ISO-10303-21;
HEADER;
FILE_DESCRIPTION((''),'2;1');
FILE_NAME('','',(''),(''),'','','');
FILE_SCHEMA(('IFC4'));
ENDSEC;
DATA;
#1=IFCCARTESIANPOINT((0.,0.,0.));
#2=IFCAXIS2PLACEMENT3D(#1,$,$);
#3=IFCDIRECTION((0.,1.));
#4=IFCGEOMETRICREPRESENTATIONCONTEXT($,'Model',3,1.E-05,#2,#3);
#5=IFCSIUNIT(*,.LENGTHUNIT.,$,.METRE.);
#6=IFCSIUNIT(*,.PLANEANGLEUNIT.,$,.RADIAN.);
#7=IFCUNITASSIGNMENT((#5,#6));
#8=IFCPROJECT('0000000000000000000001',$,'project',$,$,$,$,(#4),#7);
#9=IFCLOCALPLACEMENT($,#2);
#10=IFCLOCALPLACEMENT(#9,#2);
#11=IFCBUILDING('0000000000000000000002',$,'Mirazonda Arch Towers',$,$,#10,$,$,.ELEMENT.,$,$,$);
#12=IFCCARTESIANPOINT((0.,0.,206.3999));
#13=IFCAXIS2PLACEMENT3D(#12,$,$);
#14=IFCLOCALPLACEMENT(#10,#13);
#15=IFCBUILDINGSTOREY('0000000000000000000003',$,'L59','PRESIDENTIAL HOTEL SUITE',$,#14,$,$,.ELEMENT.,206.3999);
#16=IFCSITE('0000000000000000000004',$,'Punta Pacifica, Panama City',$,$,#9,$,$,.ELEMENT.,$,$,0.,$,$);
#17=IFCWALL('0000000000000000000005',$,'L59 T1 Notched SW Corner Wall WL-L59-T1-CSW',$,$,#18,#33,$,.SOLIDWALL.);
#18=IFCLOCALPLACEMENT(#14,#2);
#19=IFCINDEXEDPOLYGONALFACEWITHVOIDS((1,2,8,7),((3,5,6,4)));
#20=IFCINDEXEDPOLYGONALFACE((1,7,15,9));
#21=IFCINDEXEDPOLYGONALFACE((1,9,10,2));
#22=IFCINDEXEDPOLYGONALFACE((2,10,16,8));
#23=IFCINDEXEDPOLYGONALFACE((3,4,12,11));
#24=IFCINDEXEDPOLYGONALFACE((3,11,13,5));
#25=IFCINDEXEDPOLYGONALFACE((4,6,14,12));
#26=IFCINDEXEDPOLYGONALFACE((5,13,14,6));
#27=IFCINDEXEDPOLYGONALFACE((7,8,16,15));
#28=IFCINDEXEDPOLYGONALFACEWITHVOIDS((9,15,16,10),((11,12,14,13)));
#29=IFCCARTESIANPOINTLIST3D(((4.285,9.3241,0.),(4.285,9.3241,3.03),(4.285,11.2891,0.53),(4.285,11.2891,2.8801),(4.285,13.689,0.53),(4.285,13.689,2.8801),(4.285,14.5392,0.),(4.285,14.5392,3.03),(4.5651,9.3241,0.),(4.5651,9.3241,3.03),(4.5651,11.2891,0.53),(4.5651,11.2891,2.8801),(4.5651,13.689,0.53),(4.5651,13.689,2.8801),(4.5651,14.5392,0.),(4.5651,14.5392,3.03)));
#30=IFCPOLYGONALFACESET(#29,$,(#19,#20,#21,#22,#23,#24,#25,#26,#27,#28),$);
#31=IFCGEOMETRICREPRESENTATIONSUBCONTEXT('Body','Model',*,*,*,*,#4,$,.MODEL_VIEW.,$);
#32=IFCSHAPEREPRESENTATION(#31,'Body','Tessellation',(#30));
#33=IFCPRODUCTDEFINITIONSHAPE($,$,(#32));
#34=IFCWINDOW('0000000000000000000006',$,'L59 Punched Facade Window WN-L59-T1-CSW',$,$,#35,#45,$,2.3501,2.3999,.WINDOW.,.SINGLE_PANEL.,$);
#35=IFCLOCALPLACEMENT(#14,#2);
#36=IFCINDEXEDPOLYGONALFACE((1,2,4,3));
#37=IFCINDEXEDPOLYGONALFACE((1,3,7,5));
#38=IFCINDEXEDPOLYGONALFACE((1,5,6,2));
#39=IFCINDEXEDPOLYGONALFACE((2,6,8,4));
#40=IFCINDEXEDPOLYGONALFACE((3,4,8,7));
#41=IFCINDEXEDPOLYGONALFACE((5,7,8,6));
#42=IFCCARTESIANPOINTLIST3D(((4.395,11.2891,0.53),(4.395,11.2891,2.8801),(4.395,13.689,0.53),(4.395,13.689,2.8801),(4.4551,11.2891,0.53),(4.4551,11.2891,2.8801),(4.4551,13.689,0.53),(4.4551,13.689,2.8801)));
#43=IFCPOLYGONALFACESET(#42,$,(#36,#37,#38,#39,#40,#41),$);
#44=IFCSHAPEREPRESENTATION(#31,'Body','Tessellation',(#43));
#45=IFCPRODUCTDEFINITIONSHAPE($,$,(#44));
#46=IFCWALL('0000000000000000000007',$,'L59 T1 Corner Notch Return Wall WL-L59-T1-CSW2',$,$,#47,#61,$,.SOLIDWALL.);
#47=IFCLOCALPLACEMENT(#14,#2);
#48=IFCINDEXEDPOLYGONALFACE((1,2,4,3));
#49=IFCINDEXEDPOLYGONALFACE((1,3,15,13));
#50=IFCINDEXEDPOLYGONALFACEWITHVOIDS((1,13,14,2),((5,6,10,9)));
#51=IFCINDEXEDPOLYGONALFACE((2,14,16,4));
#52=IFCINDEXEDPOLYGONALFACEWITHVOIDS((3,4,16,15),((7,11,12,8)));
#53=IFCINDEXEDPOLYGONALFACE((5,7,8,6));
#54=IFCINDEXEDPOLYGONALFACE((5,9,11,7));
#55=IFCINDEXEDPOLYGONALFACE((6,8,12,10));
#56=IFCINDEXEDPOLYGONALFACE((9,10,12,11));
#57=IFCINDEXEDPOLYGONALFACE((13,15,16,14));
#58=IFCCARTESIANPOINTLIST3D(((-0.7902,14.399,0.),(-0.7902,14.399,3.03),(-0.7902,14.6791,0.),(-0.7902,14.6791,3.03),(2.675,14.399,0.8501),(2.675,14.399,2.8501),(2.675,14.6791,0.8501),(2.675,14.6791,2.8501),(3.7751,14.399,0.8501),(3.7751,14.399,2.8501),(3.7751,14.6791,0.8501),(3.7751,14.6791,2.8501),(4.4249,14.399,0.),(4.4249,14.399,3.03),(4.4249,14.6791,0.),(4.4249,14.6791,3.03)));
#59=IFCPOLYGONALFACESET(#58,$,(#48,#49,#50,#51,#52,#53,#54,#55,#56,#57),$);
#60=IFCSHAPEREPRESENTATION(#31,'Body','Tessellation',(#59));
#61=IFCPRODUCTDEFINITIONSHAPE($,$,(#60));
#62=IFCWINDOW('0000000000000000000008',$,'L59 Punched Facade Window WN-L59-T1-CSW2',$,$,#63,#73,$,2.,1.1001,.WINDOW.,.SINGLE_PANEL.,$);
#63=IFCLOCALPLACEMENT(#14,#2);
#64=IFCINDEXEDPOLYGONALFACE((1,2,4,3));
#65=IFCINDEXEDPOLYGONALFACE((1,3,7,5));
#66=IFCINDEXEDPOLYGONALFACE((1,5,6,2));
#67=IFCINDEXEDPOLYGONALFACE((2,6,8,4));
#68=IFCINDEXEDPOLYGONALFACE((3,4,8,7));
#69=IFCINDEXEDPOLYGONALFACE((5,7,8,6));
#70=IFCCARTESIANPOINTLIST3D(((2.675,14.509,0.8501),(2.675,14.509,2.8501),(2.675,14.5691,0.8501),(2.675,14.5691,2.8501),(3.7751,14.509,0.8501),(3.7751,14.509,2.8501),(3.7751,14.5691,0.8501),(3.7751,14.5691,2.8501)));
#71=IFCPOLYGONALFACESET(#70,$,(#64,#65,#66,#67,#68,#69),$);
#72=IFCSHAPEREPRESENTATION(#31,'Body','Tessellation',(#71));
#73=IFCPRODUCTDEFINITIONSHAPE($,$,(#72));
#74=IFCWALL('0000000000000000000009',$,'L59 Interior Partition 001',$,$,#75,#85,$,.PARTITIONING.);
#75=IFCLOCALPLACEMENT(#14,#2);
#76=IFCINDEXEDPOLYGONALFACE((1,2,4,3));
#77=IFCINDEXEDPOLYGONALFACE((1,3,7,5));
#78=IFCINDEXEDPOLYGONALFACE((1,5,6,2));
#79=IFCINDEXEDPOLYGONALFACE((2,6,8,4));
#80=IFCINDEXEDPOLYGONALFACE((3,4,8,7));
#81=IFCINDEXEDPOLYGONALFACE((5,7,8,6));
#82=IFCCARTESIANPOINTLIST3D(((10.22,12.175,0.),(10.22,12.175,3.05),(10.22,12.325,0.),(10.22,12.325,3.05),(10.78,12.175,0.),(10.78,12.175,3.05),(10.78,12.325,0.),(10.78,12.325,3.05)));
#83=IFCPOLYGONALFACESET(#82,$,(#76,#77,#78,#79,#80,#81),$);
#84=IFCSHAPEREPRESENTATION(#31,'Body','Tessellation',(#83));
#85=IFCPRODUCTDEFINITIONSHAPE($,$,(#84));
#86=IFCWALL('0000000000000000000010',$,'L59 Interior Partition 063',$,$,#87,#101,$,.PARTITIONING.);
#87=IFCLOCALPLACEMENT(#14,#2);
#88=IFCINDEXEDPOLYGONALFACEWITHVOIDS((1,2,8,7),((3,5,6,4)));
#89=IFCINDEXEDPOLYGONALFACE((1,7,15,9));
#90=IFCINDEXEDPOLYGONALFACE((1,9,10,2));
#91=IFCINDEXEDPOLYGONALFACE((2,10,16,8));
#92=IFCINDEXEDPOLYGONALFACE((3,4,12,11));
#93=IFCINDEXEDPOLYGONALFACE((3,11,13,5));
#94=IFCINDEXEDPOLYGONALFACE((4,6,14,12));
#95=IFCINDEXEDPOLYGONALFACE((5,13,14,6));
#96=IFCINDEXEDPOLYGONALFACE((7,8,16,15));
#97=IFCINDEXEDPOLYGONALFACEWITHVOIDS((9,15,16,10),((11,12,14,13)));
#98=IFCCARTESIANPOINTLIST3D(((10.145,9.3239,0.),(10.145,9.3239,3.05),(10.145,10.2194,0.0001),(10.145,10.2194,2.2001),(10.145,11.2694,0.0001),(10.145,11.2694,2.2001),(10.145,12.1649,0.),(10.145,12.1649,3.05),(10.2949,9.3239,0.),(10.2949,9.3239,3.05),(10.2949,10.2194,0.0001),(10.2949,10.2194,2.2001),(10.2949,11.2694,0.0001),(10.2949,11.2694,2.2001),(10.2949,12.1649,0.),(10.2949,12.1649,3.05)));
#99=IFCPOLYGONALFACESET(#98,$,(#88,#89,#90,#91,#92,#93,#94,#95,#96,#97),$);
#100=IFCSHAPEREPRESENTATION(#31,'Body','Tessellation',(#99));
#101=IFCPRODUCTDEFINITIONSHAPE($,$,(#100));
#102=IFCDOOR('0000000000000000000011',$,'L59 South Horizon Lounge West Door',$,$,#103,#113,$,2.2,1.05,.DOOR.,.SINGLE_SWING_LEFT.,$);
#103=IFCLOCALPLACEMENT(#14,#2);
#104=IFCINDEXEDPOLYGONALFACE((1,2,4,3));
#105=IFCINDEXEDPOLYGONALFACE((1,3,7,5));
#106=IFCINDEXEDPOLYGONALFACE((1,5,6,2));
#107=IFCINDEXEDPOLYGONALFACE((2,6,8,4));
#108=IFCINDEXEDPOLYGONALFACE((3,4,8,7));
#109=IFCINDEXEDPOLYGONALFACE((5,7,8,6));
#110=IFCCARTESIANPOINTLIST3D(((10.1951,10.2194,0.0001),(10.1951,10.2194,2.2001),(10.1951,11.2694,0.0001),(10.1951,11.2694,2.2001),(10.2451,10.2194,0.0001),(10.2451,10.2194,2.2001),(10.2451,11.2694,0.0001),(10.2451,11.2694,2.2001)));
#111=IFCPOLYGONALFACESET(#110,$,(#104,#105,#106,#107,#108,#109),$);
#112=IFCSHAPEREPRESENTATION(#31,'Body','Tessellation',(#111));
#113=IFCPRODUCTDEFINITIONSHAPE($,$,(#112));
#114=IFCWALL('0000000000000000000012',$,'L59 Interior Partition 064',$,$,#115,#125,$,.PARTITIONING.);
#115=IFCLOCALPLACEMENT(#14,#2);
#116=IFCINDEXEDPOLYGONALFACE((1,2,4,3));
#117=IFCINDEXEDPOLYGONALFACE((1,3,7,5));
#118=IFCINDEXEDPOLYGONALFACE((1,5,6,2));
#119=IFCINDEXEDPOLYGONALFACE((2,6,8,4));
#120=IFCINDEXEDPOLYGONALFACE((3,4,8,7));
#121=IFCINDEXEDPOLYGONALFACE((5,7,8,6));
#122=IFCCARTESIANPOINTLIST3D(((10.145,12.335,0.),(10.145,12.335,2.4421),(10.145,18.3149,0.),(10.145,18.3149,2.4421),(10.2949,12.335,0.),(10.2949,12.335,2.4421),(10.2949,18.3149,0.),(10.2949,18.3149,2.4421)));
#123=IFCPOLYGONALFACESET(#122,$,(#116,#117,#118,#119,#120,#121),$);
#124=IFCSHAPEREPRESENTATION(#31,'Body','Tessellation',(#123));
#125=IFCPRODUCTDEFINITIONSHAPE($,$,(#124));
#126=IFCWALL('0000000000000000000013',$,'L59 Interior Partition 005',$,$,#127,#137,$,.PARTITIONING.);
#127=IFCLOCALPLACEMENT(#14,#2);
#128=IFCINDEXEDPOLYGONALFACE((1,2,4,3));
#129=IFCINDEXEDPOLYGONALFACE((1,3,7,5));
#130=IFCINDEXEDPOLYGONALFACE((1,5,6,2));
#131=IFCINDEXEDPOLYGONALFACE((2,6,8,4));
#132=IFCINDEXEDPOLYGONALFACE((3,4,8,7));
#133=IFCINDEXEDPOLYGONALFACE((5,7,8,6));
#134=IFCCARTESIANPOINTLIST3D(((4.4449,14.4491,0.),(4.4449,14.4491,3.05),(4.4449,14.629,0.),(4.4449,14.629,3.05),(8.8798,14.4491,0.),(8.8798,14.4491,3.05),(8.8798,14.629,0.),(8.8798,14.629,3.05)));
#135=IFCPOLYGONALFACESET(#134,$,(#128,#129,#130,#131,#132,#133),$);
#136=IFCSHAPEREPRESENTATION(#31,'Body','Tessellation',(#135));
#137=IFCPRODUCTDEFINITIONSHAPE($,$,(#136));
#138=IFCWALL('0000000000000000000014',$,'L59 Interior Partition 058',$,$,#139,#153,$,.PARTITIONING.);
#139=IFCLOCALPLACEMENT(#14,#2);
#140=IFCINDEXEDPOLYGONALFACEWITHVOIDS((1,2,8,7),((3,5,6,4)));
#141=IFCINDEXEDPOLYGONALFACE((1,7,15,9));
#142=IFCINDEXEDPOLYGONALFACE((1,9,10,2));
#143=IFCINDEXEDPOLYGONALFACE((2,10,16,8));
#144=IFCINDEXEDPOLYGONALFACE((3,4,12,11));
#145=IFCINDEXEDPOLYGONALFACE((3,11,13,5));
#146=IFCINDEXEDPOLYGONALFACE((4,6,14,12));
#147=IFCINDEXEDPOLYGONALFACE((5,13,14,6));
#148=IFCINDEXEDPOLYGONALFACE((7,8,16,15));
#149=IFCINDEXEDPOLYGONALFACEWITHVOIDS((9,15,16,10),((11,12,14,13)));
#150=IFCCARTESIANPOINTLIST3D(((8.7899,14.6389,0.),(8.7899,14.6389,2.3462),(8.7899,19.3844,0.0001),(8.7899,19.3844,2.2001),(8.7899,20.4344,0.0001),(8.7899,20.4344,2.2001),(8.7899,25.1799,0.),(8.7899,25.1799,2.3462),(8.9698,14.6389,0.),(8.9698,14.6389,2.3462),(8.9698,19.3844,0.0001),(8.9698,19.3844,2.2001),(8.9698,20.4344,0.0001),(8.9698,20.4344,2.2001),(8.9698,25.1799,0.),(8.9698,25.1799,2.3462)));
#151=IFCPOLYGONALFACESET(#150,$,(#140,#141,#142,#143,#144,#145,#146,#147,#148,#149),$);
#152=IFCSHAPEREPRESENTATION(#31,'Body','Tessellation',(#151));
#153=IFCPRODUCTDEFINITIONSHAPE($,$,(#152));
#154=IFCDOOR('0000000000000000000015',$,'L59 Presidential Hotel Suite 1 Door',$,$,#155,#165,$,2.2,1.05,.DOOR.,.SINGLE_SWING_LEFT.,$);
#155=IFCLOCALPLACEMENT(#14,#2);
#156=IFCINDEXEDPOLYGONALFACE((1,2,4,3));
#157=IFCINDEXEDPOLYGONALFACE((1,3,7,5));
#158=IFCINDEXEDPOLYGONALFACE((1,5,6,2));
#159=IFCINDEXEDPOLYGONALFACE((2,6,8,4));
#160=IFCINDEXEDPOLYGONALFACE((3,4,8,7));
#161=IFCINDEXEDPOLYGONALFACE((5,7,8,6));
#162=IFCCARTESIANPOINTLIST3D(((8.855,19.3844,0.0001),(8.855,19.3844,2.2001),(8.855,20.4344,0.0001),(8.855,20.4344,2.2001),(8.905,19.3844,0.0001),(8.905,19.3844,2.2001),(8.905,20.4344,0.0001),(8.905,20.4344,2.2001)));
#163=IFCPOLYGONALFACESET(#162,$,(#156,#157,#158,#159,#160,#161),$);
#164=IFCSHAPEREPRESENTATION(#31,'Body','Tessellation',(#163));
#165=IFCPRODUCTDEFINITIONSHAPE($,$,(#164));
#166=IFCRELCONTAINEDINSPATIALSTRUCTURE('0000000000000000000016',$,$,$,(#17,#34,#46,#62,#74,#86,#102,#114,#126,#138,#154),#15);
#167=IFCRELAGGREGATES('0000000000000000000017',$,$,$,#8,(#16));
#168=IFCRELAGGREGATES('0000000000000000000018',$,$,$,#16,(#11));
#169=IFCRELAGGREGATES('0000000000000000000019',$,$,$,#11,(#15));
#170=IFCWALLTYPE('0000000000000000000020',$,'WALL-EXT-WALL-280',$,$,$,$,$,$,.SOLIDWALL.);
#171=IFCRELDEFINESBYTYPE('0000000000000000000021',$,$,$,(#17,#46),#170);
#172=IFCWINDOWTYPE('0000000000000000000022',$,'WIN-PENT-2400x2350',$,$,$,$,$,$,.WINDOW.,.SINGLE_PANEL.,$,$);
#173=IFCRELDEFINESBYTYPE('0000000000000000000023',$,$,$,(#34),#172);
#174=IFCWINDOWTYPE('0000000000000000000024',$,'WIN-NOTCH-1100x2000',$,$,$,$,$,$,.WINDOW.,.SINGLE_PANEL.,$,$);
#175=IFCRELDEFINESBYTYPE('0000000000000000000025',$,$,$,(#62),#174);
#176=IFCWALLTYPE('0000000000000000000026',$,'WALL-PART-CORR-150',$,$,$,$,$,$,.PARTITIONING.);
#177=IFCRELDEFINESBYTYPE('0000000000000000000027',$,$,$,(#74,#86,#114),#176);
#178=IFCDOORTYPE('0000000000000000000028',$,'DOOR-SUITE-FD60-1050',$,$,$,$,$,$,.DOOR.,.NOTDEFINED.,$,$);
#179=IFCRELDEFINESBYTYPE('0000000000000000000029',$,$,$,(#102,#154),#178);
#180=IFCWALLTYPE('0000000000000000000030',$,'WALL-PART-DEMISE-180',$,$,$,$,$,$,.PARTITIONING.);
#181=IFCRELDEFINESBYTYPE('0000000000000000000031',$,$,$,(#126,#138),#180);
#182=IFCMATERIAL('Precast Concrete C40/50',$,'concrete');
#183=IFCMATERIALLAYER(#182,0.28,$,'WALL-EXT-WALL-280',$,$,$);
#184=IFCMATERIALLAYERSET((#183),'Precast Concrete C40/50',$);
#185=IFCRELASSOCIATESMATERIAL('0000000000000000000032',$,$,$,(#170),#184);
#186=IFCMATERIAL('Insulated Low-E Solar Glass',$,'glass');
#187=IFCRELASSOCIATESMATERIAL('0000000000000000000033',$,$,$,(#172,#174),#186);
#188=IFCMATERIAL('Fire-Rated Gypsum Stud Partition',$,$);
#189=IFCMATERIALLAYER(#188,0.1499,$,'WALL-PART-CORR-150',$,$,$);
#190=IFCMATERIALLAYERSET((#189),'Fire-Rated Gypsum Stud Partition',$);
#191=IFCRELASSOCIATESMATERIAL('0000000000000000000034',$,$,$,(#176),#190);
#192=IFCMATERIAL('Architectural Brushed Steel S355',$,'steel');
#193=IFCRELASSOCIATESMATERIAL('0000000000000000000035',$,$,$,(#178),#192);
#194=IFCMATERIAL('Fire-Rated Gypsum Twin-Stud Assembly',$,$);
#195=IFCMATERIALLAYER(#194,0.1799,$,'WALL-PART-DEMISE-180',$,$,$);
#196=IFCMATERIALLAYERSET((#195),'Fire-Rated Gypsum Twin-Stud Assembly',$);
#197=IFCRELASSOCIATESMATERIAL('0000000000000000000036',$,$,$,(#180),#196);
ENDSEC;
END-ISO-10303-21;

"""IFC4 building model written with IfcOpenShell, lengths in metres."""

from ifc_helpers import new_model, si_unit, direction, frame, frame_2d, origin, place, context, subcontext, project, spatial, rectangle, extrude, material, layer, layer_set, type_object, element, fill, save


model = new_model("IFC4")

# Units and contexts
model_context = context("Model", 3, precision=1e-05, world=origin(), true_north=direction((0.0, 1.0)))
body_context = subcontext(model_context, "Body", "Model", "MODEL_VIEW")
ifc_project = project(units=[si_unit("LENGTHUNIT", "METRE"), si_unit("PLANEANGLEUNIT", "RADIAN")], contexts=[model_context])

# Site, building, storey
site_placement = place(None, origin())
site = spatial("IfcSite", under=ifc_project, at=site_placement, Name="Punta Pacifica, Panama City", CompositionType="ELEMENT", RefElevation=0.0)
building_placement = place(site_placement, origin())
building = spatial("IfcBuilding", under=site, at=building_placement, Name="Mirazonda Arch Towers", CompositionType="ELEMENT")
storey_placement = place(building_placement, frame((0.0, 0.0, 206.3999)))
storey = spatial("IfcBuildingStorey", under=building, at=storey_placement, Name="L59", Description="PRESIDENTIAL HOTEL SUITE", CompositionType="ELEMENT", Elevation=206.3999)

# Shared definitions
ifc_material_1 = material(Name="Insulated Low-E Solar Glass", Category="glass")

# Walls, openings, windows
ifc_material_2 = material(Name="Precast Concrete C40/50", Category="concrete")
ifc_layer_1 = layer(ifc_material_2, 0.28, Name="WALL-EXT-WALL-280")
ifc_layer_set_1 = layer_set([ifc_layer_1], Name="Precast Concrete C40/50")
wall_type_1 = type_object("IfcWallType", Name="WALL-EXT-WALL-280", PredefinedType="SOLIDWALL", material=ifc_layer_set_1)
wall_1_placement = place(storey_placement, frame((4.425, 14.5391, 0.0), z_axis=(0.0, 0.0, 1.0), x_axis=(0.0, -1.0, 0.0)))
wall_1 = element("IfcWall", 1, at=wall_1_placement, inside=storey, type_object=wall_type_1, Name="L59 T1 Notched SW Corner Wall WL-L59-T1-CSW", PredefinedType="SOLIDWALL", context=body_context, shape_type="SweptSolid", body=[
    extrude(rectangle(XDim=5.2151, YDim=0.28, at=frame_2d((2.6074, 0.0))), origin(), (0.0, 0.0, 1.0), 3.03),
])
opening_1_placement = place(wall_1_placement, frame((0.8501, 0.0, 0.53)))
opening_1 = element("IfcOpeningElement", 2, at=opening_1_placement, cuts=wall_1, PredefinedType="OPENING", context=body_context, shape_type="SweptSolid", body=[
    extrude(rectangle(XDim=2.3999, YDim=2.3501, at=frame_2d((1.2, 1.175))), frame((0.0, 0.1499, 0.0), z_axis=(0.0, -1.0, 0.0), x_axis=(1.0, 0.0, 0.0)), (0.0, 0.0, 1.0), 0.3),
])
window_type_1 = type_object("IfcWindowType", Name="WIN-PENT-2400x2350", PartitioningType="SINGLE_PANEL", PredefinedType="WINDOW", material=ifc_material_1)
window_1_placement = place(opening_1_placement, origin())
window_1 = element("IfcWindow", 3, at=window_1_placement, inside=storey, type_object=window_type_1, Name="L59 Punched Facade Window WN-L59-T1-CSW", OverallHeight=2.3501, OverallWidth=2.3999, PartitioningType="SINGLE_PANEL", PredefinedType="WINDOW", context=body_context, shape_type="SweptSolid", body=[
    extrude(rectangle(XDim=2.3999, YDim=2.3501, at=frame_2d((1.2, 1.175))), frame((0.0, 0.03, 0.0), z_axis=(0.0, -1.0, 0.0), x_axis=(1.0, 0.0, 0.0)), (0.0, 0.0, 1.0), 0.0601),
])
fill(opening_1, window_1)
wall_2_placement = place(storey_placement, frame((-0.79, 14.5391, 0.0), z_axis=(0.0, 0.0, 1.0), x_axis=(1.0, 0.0, 0.0)))
wall_2 = element("IfcWall", 4, at=wall_2_placement, inside=storey, type_object=wall_type_1, Name="L59 T1 Corner Notch Return Wall WL-L59-T1-CSW2", PredefinedType="SOLIDWALL", context=body_context, shape_type="SweptSolid", body=[
    extrude(rectangle(XDim=5.2151, YDim=0.28, at=frame_2d((2.6074, 0.0))), origin(), (0.0, 0.0, 1.0), 3.03),
])
opening_2_placement = place(wall_2_placement, frame((3.4651, 0.0, 0.8501)))
opening_2 = element("IfcOpeningElement", 5, at=opening_2_placement, cuts=wall_2, PredefinedType="OPENING", context=body_context, shape_type="SweptSolid", body=[
    extrude(rectangle(XDim=1.1001, YDim=2.0, at=frame_2d((0.55, 1.0))), frame((0.0, 0.1499, 0.0), z_axis=(0.0, -1.0, 0.0), x_axis=(1.0, 0.0, 0.0)), (0.0, 0.0, 1.0), 0.3),
])
window_type_2 = type_object("IfcWindowType", Name="WIN-NOTCH-1100x2000", PartitioningType="SINGLE_PANEL", PredefinedType="WINDOW", material=ifc_material_1)
window_2_placement = place(opening_2_placement, origin())
window_2 = element("IfcWindow", 6, at=window_2_placement, inside=storey, type_object=window_type_2, Name="L59 Punched Facade Window WN-L59-T1-CSW2", OverallHeight=2.0, OverallWidth=1.1001, PartitioningType="SINGLE_PANEL", PredefinedType="WINDOW", context=body_context, shape_type="SweptSolid", body=[
    extrude(rectangle(XDim=1.1001, YDim=2.0, at=frame_2d((0.55, 1.0))), frame((0.0, 0.03, 0.0), z_axis=(0.0, -1.0, 0.0), x_axis=(1.0, 0.0, 0.0)), (0.0, 0.0, 1.0), 0.0601),
])
fill(opening_2, window_2)

# Wall
ifc_material_3 = material(Name="Fire-Rated Gypsum Stud Partition")
ifc_layer_2 = layer(ifc_material_3, 0.1499, Name="WALL-PART-CORR-150")
ifc_layer_set_2 = layer_set([ifc_layer_2], Name="Fire-Rated Gypsum Stud Partition")
wall_type_2 = type_object("IfcWallType", Name="WALL-PART-CORR-150", PredefinedType="PARTITIONING", material=ifc_layer_set_2)
wall_3_placement = place(storey_placement, frame((10.22, 12.25, 0.0), z_axis=(0.0, 0.0, 1.0), x_axis=(1.0, 0.0, 0.0)))
element("IfcWall", 7, at=wall_3_placement, inside=storey, type_object=wall_type_2, Name="L59 Interior Partition 001", PredefinedType="PARTITIONING", context=body_context, shape_type="SweptSolid", body=[
    extrude(rectangle(XDim=0.5601, YDim=0.1499, at=frame_2d((0.28, 0.0))), origin(), (0.0, 0.0, 1.0), 3.05),
])

# Wall, opening, door
wall_4_placement = place(storey_placement, frame((10.22, 9.324, 0.0), z_axis=(0.0, 0.0, 1.0), x_axis=(0.0, 1.0, 0.0)))
wall_4 = element("IfcWall", 8, at=wall_4_placement, inside=storey, type_object=wall_type_2, Name="L59 Interior Partition 063", PredefinedType="PARTITIONING", context=body_context, shape_type="SweptSolid", body=[
    extrude(rectangle(XDim=2.8411, YDim=0.1499, at=frame_2d((1.4204, 0.0))), origin(), (0.0, 0.0, 1.0), 3.05),
])
opening_3_placement = place(wall_4_placement, frame((0.8955, 0.0, 0.0)))
opening_3 = element("IfcOpeningElement", 9, at=opening_3_placement, cuts=wall_4, PredefinedType="OPENING", context=body_context, shape_type="SweptSolid", body=[
    extrude(rectangle(XDim=1.05, YDim=2.2, at=frame_2d((0.5249, 1.1001))), frame((0.0, 0.085, 0.0), z_axis=(0.0, -1.0, 0.0), x_axis=(1.0, 0.0, 0.0)), (0.0, 0.0, 1.0), 0.1699),
])
ifc_material_4 = material(Name="Architectural Brushed Steel S355", Category="steel")
door_type_1 = type_object("IfcDoorType", Name="DOOR-SUITE-FD60-1050", OperationType="NOTDEFINED", PredefinedType="DOOR", material=ifc_material_4)
door_1_placement = place(opening_3_placement, origin())
door_1 = element("IfcDoor", 10, at=door_1_placement, inside=storey, type_object=door_type_1, Name="L59 South Horizon Lounge West Door", OperationType="SINGLE_SWING_LEFT", OverallHeight=2.2, OverallWidth=1.05, PredefinedType="DOOR", context=body_context, shape_type="SweptSolid", body=[
    extrude(rectangle(XDim=1.05, YDim=2.2, at=frame_2d((0.5249, 1.1001))), frame((0.0, 0.0249, 0.0), z_axis=(0.0, -1.0, 0.0), x_axis=(1.0, 0.0, 0.0)), (0.0, 0.0, 1.0), 0.05),
])
fill(opening_3, door_1)

# Walls
wall_5_placement = place(storey_placement, frame((10.22, 12.335, 0.0), z_axis=(0.0, 0.0, 1.0), x_axis=(0.0, 1.0, 0.0)))
element("IfcWall", 11, at=wall_5_placement, inside=storey, type_object=wall_type_2, Name="L59 Interior Partition 064", PredefinedType="PARTITIONING", context=body_context, shape_type="SweptSolid", body=[
    extrude(rectangle(XDim=5.98, YDim=0.1499, at=frame_2d((2.99, 0.0))), origin(), (0.0, 0.0, 1.0), 2.4421),
])
ifc_material_5 = material(Name="Fire-Rated Gypsum Twin-Stud Assembly")
ifc_layer_3 = layer(ifc_material_5, 0.1799, Name="WALL-PART-DEMISE-180")
ifc_layer_set_3 = layer_set([ifc_layer_3], Name="Fire-Rated Gypsum Twin-Stud Assembly")
wall_type_3 = type_object("IfcWallType", Name="WALL-PART-DEMISE-180", PredefinedType="PARTITIONING", material=ifc_layer_set_3)
wall_6_placement = place(storey_placement, frame((4.4451, 14.5391, 0.0), z_axis=(0.0, 0.0, 1.0), x_axis=(1.0, 0.0, 0.0)))
element("IfcWall", 12, at=wall_6_placement, inside=storey, type_object=wall_type_3, Name="L59 Interior Partition 005", PredefinedType="PARTITIONING", context=body_context, shape_type="SweptSolid", body=[
    extrude(rectangle(XDim=4.4348, YDim=0.1799, at=frame_2d((2.2173, 0.0))), origin(), (0.0, 0.0, 1.0), 3.05),
])

# Wall, opening, door
wall_7_placement = place(storey_placement, frame((8.8799, 14.6389, 0.0), z_axis=(0.0, 0.0, 1.0), x_axis=(0.0, 1.0, 0.0)))
wall_7 = element("IfcWall", 13, at=wall_7_placement, inside=storey, type_object=wall_type_3, Name="L59 Interior Partition 058", PredefinedType="PARTITIONING", context=body_context, shape_type="SweptSolid", body=[
    extrude(rectangle(XDim=10.541, YDim=0.1799, at=frame_2d((5.2705, 0.0))), origin(), (0.0, 0.0, 1.0), 2.3462),
])
opening_4_placement = place(wall_7_placement, frame((4.7456, 0.0, 0.0)))
opening_4 = element("IfcOpeningElement", 14, at=opening_4_placement, cuts=wall_7, PredefinedType="OPENING", context=body_context, shape_type="SweptSolid", body=[
    extrude(rectangle(XDim=1.05, YDim=2.2, at=frame_2d((0.5249, 1.1001))), frame((0.0, 0.0999, 0.0), z_axis=(0.0, -1.0, 0.0), x_axis=(1.0, 0.0, 0.0)), (0.0, 0.0, 1.0), 0.2),
])
door_2_placement = place(opening_4_placement, origin())
door_2 = element("IfcDoor", 15, at=door_2_placement, inside=storey, type_object=door_type_1, Name="L59 Presidential Hotel Suite 1 Door", OperationType="SINGLE_SWING_LEFT", OverallHeight=2.2, OverallWidth=1.05, PredefinedType="DOOR", context=body_context, shape_type="SweptSolid", body=[
    extrude(rectangle(XDim=1.05, YDim=2.2, at=frame_2d((0.5249, 1.1001))), frame((0.0, 0.0249, 0.0), z_axis=(0.0, -1.0, 0.0), x_axis=(1.0, 0.0, 0.0)), (0.0, 0.0, 1.0), 0.05),
])
fill(opening_4, door_2)

save(model, "model.ifc")
